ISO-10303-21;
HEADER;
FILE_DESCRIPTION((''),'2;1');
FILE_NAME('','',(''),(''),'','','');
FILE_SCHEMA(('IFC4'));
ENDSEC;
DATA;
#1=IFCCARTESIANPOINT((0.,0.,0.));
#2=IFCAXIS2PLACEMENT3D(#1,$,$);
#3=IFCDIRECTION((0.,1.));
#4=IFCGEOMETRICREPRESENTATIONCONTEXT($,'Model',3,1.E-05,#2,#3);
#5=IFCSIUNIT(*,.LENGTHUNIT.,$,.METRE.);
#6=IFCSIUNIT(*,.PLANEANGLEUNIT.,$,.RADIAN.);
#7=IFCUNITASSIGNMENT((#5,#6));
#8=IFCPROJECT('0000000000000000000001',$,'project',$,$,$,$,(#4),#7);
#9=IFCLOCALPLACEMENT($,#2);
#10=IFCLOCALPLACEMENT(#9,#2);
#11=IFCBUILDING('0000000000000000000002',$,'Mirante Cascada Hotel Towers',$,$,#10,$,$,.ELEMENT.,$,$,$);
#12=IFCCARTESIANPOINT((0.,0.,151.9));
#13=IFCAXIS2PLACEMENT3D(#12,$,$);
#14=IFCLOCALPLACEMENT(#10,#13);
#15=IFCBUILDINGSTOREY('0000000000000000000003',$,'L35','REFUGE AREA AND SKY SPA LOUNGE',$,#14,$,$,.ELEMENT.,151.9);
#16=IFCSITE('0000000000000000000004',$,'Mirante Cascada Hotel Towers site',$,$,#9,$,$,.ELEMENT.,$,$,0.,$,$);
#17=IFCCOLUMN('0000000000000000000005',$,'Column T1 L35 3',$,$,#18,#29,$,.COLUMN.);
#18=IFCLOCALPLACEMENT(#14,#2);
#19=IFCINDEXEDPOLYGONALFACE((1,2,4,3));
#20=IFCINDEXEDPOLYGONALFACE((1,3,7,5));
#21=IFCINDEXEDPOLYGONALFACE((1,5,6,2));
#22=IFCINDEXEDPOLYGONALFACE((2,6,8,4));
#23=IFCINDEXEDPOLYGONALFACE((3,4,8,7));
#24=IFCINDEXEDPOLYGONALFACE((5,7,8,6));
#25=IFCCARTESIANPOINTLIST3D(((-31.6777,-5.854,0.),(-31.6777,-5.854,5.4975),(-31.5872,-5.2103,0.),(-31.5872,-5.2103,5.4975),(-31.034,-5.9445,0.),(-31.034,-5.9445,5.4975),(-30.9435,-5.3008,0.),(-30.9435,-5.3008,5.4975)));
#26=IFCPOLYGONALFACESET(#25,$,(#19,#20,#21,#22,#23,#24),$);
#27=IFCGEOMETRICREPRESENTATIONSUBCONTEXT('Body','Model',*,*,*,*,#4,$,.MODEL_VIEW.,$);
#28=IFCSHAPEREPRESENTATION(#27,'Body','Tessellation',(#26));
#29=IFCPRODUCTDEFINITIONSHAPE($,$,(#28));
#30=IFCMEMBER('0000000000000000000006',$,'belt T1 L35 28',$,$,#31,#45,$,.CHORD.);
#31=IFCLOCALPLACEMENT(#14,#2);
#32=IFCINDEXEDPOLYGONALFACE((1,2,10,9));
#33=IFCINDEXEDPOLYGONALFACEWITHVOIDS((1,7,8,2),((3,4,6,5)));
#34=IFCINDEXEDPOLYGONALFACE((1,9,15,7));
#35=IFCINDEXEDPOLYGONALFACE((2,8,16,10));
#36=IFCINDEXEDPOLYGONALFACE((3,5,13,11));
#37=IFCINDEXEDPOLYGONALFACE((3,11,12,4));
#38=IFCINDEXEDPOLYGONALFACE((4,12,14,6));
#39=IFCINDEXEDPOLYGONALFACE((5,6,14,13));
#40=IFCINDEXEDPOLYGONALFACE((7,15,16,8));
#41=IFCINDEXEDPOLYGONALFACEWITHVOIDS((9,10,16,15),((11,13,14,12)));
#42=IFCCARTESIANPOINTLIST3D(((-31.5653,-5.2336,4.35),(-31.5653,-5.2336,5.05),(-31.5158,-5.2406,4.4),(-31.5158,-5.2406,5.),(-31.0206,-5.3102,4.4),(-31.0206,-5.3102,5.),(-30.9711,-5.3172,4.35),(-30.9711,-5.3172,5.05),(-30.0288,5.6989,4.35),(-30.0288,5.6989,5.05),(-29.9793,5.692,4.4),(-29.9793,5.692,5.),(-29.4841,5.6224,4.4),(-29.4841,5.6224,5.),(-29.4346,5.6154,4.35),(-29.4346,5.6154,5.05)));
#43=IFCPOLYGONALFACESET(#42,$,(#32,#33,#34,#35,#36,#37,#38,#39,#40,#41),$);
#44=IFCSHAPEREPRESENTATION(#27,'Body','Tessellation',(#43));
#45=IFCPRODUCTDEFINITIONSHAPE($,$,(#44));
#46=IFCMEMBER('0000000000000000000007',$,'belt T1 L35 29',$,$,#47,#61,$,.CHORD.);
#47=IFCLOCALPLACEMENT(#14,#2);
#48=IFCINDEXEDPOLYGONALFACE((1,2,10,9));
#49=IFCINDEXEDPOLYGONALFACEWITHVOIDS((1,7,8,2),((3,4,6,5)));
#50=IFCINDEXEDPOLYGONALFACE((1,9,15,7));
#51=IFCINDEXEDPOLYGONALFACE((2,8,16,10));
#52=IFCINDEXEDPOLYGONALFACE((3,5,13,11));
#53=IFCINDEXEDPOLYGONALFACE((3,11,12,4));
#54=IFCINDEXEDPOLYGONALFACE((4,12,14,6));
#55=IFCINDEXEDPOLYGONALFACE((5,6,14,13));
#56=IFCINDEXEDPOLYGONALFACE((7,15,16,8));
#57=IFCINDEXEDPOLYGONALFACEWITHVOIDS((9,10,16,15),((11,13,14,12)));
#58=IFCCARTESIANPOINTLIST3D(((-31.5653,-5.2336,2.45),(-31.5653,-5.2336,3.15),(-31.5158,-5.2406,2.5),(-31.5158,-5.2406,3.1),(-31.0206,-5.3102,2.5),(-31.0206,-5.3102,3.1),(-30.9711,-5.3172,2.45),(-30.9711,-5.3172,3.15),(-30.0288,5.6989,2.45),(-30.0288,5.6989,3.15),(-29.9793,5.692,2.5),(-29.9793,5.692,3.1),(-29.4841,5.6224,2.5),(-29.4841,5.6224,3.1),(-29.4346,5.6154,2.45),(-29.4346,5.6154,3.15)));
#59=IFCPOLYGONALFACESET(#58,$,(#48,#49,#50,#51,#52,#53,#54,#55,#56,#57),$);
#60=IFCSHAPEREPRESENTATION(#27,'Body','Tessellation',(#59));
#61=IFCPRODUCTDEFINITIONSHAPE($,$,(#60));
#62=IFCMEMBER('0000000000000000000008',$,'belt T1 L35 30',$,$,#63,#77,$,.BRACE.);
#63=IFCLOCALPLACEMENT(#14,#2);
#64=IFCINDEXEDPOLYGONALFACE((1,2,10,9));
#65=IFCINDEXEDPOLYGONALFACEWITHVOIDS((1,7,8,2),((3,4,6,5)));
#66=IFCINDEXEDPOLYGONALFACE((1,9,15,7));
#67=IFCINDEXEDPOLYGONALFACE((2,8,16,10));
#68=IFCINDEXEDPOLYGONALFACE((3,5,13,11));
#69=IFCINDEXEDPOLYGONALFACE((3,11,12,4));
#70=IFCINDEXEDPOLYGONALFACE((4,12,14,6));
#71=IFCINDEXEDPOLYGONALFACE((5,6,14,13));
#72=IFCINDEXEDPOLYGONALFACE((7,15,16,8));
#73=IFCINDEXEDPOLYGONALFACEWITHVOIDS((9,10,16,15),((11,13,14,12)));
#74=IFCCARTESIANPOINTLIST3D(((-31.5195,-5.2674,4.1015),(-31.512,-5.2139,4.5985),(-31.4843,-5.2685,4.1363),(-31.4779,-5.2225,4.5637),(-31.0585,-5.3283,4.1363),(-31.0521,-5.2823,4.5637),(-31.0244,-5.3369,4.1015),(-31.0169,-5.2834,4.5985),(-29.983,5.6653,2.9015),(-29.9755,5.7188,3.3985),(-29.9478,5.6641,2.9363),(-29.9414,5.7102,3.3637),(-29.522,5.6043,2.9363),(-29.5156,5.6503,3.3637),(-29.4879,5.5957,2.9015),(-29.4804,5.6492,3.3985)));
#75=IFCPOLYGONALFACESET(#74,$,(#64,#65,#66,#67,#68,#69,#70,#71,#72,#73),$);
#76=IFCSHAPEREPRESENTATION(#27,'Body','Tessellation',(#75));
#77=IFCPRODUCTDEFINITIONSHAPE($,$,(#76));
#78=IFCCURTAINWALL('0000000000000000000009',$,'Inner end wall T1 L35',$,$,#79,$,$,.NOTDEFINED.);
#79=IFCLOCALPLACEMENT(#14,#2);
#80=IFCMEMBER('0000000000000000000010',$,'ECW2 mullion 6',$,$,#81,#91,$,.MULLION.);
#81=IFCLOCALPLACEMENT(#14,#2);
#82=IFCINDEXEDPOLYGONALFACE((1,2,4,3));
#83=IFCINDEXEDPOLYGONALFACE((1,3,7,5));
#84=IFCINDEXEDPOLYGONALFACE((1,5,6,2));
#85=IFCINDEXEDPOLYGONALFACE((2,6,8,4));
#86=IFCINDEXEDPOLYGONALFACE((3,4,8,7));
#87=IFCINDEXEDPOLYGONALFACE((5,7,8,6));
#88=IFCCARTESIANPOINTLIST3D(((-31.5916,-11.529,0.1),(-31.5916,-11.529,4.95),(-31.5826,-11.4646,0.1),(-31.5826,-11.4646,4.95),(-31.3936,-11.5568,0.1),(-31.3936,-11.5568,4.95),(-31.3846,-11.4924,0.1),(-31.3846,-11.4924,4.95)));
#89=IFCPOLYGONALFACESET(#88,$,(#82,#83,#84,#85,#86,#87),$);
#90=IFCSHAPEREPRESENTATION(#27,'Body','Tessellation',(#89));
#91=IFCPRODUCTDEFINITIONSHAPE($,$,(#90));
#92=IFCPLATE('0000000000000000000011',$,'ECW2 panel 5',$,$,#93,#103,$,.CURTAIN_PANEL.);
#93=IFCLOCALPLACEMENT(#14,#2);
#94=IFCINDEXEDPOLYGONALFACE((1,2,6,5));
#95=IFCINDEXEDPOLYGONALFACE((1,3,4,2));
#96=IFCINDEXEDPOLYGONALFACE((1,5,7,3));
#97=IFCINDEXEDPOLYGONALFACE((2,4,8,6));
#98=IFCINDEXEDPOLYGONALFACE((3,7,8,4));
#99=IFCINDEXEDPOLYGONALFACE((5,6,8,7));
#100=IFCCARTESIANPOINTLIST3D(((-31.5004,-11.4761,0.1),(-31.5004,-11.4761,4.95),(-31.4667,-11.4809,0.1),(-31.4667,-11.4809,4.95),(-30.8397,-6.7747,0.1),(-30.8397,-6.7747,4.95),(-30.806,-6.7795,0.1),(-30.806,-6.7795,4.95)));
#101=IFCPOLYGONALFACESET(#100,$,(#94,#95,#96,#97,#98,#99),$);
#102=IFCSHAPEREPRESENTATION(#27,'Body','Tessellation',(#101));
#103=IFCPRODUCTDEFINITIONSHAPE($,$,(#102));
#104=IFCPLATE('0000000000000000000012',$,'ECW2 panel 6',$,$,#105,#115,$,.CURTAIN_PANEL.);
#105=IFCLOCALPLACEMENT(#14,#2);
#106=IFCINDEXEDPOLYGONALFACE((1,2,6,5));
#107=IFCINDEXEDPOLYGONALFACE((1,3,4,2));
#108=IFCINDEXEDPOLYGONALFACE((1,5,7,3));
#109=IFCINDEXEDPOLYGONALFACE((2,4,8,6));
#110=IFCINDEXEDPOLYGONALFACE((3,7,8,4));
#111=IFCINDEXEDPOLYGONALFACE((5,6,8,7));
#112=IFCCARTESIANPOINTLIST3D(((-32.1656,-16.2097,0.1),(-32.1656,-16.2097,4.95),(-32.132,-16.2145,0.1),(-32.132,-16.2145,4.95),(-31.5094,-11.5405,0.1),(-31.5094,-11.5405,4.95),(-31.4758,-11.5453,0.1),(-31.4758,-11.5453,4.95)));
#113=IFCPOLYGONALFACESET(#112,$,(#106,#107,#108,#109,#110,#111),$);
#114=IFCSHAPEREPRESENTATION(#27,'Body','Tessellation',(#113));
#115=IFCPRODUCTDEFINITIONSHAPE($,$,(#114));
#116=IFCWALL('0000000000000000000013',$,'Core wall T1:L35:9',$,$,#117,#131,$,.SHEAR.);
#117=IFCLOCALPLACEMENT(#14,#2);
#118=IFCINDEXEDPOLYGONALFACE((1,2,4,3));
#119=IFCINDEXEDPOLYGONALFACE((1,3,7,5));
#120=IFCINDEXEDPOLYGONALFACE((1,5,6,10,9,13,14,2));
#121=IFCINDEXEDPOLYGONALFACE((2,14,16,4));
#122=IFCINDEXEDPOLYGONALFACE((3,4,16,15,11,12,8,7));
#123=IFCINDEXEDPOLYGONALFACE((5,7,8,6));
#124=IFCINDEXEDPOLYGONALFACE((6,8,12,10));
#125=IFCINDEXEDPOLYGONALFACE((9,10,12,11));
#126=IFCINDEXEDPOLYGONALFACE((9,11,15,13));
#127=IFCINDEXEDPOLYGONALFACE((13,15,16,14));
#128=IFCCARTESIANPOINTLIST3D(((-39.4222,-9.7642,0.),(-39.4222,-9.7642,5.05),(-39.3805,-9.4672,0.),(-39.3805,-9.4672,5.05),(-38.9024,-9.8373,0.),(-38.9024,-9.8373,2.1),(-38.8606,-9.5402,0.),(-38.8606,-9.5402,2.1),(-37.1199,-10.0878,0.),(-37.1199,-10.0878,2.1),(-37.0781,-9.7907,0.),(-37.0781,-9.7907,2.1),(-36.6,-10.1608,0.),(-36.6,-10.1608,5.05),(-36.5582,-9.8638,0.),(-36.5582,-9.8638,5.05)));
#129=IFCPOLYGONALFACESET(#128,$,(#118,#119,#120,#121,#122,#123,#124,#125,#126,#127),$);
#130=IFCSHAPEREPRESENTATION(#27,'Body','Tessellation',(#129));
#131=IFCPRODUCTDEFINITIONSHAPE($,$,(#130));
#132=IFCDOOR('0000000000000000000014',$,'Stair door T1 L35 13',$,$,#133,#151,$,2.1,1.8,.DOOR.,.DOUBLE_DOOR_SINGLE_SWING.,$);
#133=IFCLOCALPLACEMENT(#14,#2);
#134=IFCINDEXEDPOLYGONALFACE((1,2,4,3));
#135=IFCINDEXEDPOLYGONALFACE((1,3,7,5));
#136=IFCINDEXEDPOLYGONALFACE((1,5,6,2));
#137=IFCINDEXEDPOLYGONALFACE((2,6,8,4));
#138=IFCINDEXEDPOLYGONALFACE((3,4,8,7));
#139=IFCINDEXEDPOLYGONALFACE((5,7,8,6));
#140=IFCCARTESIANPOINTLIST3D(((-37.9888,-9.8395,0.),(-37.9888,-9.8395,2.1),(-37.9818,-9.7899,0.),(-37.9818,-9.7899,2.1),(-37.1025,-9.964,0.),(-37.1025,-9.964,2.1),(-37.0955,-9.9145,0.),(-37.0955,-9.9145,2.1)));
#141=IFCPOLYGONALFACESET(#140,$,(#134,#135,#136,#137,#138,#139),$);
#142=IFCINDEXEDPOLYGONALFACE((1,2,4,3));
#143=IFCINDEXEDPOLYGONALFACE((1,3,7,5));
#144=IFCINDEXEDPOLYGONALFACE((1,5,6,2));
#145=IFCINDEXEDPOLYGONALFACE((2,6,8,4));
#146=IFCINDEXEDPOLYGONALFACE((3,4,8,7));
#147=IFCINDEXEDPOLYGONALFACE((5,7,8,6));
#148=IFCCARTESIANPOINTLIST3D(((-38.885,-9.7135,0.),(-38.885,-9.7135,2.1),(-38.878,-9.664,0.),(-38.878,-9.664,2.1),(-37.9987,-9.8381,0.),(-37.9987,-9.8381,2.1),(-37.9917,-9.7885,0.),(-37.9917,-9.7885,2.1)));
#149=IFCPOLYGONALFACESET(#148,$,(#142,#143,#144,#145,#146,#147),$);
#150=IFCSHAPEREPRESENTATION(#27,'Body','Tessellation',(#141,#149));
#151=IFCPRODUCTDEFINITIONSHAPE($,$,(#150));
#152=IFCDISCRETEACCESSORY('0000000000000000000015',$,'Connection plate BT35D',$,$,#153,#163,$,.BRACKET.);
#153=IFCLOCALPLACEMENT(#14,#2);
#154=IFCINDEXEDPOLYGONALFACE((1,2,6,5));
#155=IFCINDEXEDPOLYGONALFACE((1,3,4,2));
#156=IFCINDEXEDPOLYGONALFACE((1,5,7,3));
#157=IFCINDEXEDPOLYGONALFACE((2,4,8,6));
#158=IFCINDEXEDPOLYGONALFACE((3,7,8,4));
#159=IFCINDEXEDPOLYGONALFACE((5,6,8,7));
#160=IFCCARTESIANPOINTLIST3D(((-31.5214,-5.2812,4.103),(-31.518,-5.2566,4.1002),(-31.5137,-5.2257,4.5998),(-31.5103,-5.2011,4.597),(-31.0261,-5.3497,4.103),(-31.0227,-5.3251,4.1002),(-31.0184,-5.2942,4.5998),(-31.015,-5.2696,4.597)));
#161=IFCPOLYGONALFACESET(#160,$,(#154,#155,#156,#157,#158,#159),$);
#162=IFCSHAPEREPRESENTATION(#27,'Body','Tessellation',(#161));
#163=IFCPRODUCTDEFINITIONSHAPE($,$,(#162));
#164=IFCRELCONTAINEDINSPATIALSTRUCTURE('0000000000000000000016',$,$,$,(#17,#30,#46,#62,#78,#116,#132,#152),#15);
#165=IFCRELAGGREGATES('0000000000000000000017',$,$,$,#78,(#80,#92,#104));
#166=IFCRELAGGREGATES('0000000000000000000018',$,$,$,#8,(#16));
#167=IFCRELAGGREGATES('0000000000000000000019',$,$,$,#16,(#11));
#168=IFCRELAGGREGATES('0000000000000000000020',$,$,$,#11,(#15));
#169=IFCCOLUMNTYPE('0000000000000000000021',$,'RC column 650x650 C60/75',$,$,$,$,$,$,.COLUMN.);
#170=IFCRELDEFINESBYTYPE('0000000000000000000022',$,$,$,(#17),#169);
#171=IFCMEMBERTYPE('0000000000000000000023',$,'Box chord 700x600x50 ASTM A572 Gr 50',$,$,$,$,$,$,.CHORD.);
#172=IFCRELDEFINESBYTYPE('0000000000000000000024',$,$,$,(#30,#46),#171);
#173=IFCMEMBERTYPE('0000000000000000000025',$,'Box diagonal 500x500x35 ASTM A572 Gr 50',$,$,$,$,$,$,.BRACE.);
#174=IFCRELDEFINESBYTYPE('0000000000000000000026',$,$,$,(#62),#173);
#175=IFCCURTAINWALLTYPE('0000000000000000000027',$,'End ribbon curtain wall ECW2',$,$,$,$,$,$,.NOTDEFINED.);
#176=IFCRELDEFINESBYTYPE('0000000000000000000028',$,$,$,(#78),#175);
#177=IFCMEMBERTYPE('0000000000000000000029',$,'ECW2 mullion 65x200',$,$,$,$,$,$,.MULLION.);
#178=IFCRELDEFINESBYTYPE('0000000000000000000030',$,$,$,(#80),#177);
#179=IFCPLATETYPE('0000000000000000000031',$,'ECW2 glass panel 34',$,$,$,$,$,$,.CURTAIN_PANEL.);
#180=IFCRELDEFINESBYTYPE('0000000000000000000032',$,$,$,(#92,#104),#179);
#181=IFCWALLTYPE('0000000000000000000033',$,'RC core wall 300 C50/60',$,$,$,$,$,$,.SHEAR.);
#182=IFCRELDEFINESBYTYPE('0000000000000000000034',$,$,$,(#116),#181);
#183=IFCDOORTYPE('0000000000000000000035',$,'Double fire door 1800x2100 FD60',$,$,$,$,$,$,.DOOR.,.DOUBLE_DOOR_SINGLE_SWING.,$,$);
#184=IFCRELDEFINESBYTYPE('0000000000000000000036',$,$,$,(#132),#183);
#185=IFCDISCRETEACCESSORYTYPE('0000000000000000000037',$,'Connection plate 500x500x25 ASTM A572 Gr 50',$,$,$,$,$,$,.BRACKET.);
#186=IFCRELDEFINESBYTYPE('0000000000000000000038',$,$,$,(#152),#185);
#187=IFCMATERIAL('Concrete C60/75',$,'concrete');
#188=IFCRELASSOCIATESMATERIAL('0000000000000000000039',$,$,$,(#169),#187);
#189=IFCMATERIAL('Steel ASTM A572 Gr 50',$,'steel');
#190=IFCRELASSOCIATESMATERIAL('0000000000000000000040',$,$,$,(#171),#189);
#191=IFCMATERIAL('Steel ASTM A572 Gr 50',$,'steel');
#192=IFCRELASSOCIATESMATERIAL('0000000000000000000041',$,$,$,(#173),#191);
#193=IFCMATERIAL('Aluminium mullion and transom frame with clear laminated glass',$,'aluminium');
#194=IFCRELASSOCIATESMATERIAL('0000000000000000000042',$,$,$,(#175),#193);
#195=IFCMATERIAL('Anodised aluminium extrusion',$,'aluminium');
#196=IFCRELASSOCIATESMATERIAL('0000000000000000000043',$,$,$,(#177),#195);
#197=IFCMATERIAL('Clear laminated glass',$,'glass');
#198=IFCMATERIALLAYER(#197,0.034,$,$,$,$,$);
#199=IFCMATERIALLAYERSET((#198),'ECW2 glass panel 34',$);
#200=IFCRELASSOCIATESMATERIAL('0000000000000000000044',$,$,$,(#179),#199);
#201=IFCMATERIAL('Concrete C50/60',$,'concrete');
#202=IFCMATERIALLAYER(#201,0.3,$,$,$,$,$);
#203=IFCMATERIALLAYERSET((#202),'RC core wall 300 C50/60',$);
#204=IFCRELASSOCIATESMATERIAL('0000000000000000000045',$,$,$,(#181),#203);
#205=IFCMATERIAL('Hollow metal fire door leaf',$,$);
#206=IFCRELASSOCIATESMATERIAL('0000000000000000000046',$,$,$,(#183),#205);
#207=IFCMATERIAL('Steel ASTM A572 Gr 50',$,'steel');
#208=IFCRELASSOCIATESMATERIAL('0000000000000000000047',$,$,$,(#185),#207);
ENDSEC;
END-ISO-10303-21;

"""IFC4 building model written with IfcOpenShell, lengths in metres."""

from ifc_helpers import new_model, si_unit, direction, frame, frame_2d, origin, origin_2d, place, context, subcontext, project, spatial, rectangle, hollow_rectangle, extrude, material, layer, layer_set, material_profile, profile_set, type_object, element, fill, aggregate, save


model = new_model("IFC4")

# Units and contexts
model_context = context("Model", 3, precision=1e-05, world=origin(), true_north=direction((0.0, 1.0)))
body_context = subcontext(model_context, "Body", "Model", "MODEL_VIEW")
ifc_project = project(units=[si_unit("LENGTHUNIT", "METRE"), si_unit("PLANEANGLEUNIT", "RADIAN")], contexts=[model_context])

# Site, building, storey
site_placement = place(None, origin())
site = spatial("IfcSite", under=ifc_project, at=site_placement, Name="Mirante Cascada Hotel Towers site", CompositionType="ELEMENT", RefElevation=0.0)
building_placement = place(site_placement, origin())
building = spatial("IfcBuilding", under=site, at=building_placement, Name="Mirante Cascada Hotel Towers", CompositionType="ELEMENT")
storey_placement = place(building_placement, frame((0.0, 0.0, 151.9)))
storey = spatial("IfcBuildingStorey", under=building, at=storey_placement, Name="L35", Description="REFUGE AREA AND SKY SPA LOUNGE", CompositionType="ELEMENT", Elevation=151.9)

# Column
ifc_material_1 = material(Name="Concrete C60/75", Category="concrete")
ifc_material_profile_1 = material_profile(ifc_material_1, rectangle(XDim=0.65, YDim=0.65, at=origin_2d()), Name="RC column 650x650 C60/75")
ifc_profile_set_1 = profile_set([ifc_material_profile_1], Name="Concrete C60/75")
column_type = type_object("IfcColumnType", Name="RC column 650x650 C60/75", PredefinedType="COLUMN", material=ifc_profile_set_1)
column_placement = place(storey_placement, frame((-31.3106, -5.5774, 0.0), z_axis=(0.0, 0.0, 1.0), x_axis=(-0.990268, 0.139173, 0.0)))
element("IfcColumn", 1, at=column_placement, inside=storey, type_object=column_type, Name="Column T1 L35 3", PredefinedType="COLUMN", context=body_context, shape_type="SweptSolid", body=[
    extrude(rectangle(XDim=0.65, YDim=0.65, at=origin_2d()), origin(), (0.0, 0.0, 1.0), 5.4975),
])

# Members
ifc_material_2 = material(Name="Steel ASTM A572 Gr 50", Category="steel")
ifc_material_profile_2 = material_profile(ifc_material_2, hollow_rectangle(XDim=0.6, YDim=0.7, WallThickness=0.05, at=origin_2d()), Name="Box chord 700x600x50 ASTM A572 Gr 50")
ifc_profile_set_2 = profile_set([ifc_material_profile_2], Name="Steel ASTM A572 Gr 50")
member_type_1 = type_object("IfcMemberType", Name="Box chord 700x600x50 ASTM A572 Gr 50", PredefinedType="CHORD", material=ifc_profile_set_2)
for number, where, z_axis, x_axis, name in (
    (2, (-31.2682, -5.2754, 4.7), (0.139175, 0.990268, 0.0), (-0.990268, 0.139175, 0.0), "belt T1 L35 28"),
    (3, (-31.2682, -5.2754, 2.8), (0.139175, 0.990268, 0.0), (-0.990268, 0.139175, 0.0), "belt T1 L35 29"),
):
    element("IfcMember", number, at=place(storey_placement, frame(where, z_axis=z_axis, x_axis=x_axis)), inside=storey, type_object=member_type_1, Name=name, PredefinedType="CHORD", context=body_context, shape_type="SweptSolid", body=[
        extrude(hollow_rectangle(XDim=0.6, YDim=0.7, WallThickness=0.05, at=origin_2d()), origin(), (0.0, 0.0, 1.0), 11.04),
    ])
ifc_material_3 = material(Name="Steel ASTM A572 Gr 50", Category="steel")
ifc_material_profile_3 = material_profile(ifc_material_3, hollow_rectangle(XDim=0.5, YDim=0.5, WallThickness=0.035, at=origin_2d()), Name="Box diagonal 500x500x35 ASTM A572 Gr 50")
ifc_profile_set_3 = profile_set([ifc_material_profile_3], Name="Steel ASTM A572 Gr 50")
member_type_2 = type_object("IfcMemberType", Name="Box diagonal 500x500x35 ASTM A572 Gr 50", PredefinedType="BRACE", material=ifc_profile_set_3)
member_1_placement = place(storey_placement, frame((-31.2682, -5.2754, 4.35), z_axis=(0.13836, 0.984469, -0.108059), x_axis=(-0.990268, 0.139175, 0.0)))
element("IfcMember", 4, at=member_1_placement, inside=storey, type_object=member_type_2, Name="belt T1 L35 30", PredefinedType="BRACE", context=body_context, shape_type="SweptSolid", body=[
    extrude(hollow_rectangle(XDim=0.5, YDim=0.5, WallThickness=0.035, at=origin_2d()), origin(), (0.0, 0.0, 1.0), 11.1051),
])

# Curtain wall, member, plates
ifc_material_4 = material(Name="Aluminium mullion and transom frame with clear laminated glass", Category="aluminium")
curtain_wall_type = type_object("IfcCurtainWallType", Name="End ribbon curtain wall ECW2", PredefinedType="NOTDEFINED", material=ifc_material_4)
curtain_wall_placement = place(storey_placement, origin())
curtain_wall = element("IfcCurtainWall", 5, at=curtain_wall_placement, inside=storey, type_object=curtain_wall_type, Name="Inner end wall T1 L35", PredefinedType="NOTDEFINED")
ifc_material_5 = material(Name="Anodised aluminium extrusion", Category="aluminium")
ifc_material_profile_4 = material_profile(ifc_material_5, rectangle(XDim=0.2, YDim=0.065, at=origin_2d()), Name="ECW2 MULLION 65x200")
ifc_profile_set_4 = profile_set([ifc_material_profile_4], Name="Anodised aluminium extrusion")
member_type_3 = type_object("IfcMemberType", Name="ECW2 mullion 65x200", PredefinedType="MULLION", material=ifc_profile_set_4)
member_2_placement = place(storey_placement, frame((-31.4881, -11.5107, 0.1), z_axis=(0.0, 0.0, 1.0), x_axis=(0.990268, -0.139173, 0.0)))
member_2 = element("IfcMember", 6, at=member_2_placement, type_object=member_type_3, Name="ECW2 mullion 6", PredefinedType="MULLION", context=body_context, shape_type="SweptSolid", body=[
    extrude(rectangle(XDim=0.2, YDim=0.065, at=origin_2d()), origin(), (0.0, 0.0, 1.0), 4.85),
])
ifc_material_6 = material(Name="Clear laminated glass", Category="glass")
ifc_layer_1 = layer(ifc_material_6, 0.034)
ifc_layer_set_1 = layer_set([ifc_layer_1], Name="ECW2 glass panel 34")
plate_type = type_object("IfcPlateType", Name="ECW2 glass panel 34", PredefinedType="CURTAIN_PANEL", material=ifc_layer_set_1)
plate_1_placement = place(storey_placement, frame((-31.1532, -9.1278, 0.1), z_axis=(0.0, 0.0, 1.0), x_axis=(-0.139173, -0.990268, 0.0)))
plate_1 = element("IfcPlate", 7, at=plate_1_placement, type_object=plate_type, Name="ECW2 panel 5", PredefinedType="CURTAIN_PANEL", context=body_context, shape_type="SweptSolid", body=[
    extrude(rectangle(XDim=4.7476, YDim=0.034, at=origin_2d()), origin(), (0.0, 0.0, 1.0), 4.85),
])
plate_2_placement = place(storey_placement, frame((-31.8207, -13.8775, 0.1), z_axis=(0.0, 0.0, 1.0), x_axis=(-0.139173, -0.990268, 0.0)))
plate_2 = element("IfcPlate", 8, at=plate_2_placement, type_object=plate_type, Name="ECW2 panel 6", PredefinedType="CURTAIN_PANEL", context=body_context, shape_type="SweptSolid", body=[
    extrude(rectangle(XDim=4.7151, YDim=0.034, at=origin_2d()), origin(), (0.0, 0.0, 1.0), 4.85),
])
aggregate(curtain_wall, [member_2, plate_1, plate_2])

# Wall, opening, door
ifc_material_7 = material(Name="Concrete C50/60", Category="concrete")
ifc_layer_2 = layer(ifc_material_7, 0.3)
ifc_layer_set_2 = layer_set([ifc_layer_2], Name="RC core wall 300 C50/60")
wall_type_1 = type_object("IfcWallType", Name="RC core wall 300 C50/60", PredefinedType="SHEAR", material=ifc_layer_set_2)
wall_1_placement = place(storey_placement, frame((-36.5791, -10.0123, 0.0), z_axis=(0.0, 0.0, 1.0), x_axis=(-0.99027, 0.139156, 0.0)))
wall_1 = element("IfcWall", 9, at=wall_1_placement, inside=storey, type_object=wall_type_1, Name="Core wall T1:L35:9", PredefinedType="SHEAR", context=body_context, shape_type="SweptSolid", body=[
    extrude(rectangle(XDim=2.85, YDim=0.3, at=frame_2d((1.425, 0.0))), origin(), (0.0, 0.0, 1.0), 5.05),
])
opening_1_placement = place(wall_1_placement, frame((0.525, 0.0, 0.0)))
opening_1 = element("IfcOpeningElement", 10, at=opening_1_placement, cuts=wall_1, PredefinedType="OPENING", context=body_context, shape_type="SweptSolid", body=[
    extrude(rectangle(XDim=1.8, YDim=2.1, at=frame_2d((0.9, 1.05))), frame((0.0, 0.15, 0.0), z_axis=(0.0, -1.0, 0.0), x_axis=(1.0, 0.0, 0.0)), (0.0, 0.0, 1.0), 0.3),
])
ifc_material_8 = material(Name="Hollow metal fire door leaf")
door_type_1 = type_object("IfcDoorType", Name="Double fire door 1800x2100 FD60", OperationType="DOUBLE_DOOR_SINGLE_SWING", PredefinedType="DOOR", material=ifc_material_8)
door_1_placement = place(opening_1_placement, origin())
door_1 = element("IfcDoor", 11, at=door_1_placement, inside=storey, type_object=door_type_1, Name="Stair door T1 L35 13", OperationType="DOUBLE_DOOR_SINGLE_SWING", OverallHeight=2.1, OverallWidth=1.8, PredefinedType="DOOR", context=body_context, shape_type="SweptSolid", body=[
    extrude(rectangle(XDim=0.895, YDim=2.1, at=frame_2d((0.4475, 1.05))), frame((0.0, 0.025, 0.0), z_axis=(0.0, -1.0, 0.0), x_axis=(1.0, 0.0, 0.0)), (0.0, 0.0, 1.0), 0.05),
    extrude(rectangle(XDim=0.895, YDim=2.1, at=frame_2d((1.3525, 1.05))), frame((0.0, 0.025, 0.0), z_axis=(0.0, -1.0, 0.0), x_axis=(1.0, 0.0, 0.0)), (0.0, 0.0, 1.0), 0.05),
])
fill(opening_1, door_1)

# Discrete accessory
ifc_material_9 = material(Name="Steel ASTM A572 Gr 50", Category="steel")
ifc_material_profile_5 = material_profile(ifc_material_9, rectangle(XDim=0.5, YDim=0.5, at=origin_2d()), Name="Connection plate 500x500x25 ASTM A572 Gr 50")
ifc_profile_set_5 = profile_set([ifc_material_profile_5], Name="Steel ASTM A572 Gr 50")
discrete_accessory_type = type_object("IfcDiscreteAccessoryType", Name="Connection plate 500x500x25 ASTM A572 Gr 50", PredefinedType="BRACKET", material=ifc_profile_set_5)
discrete_accessory_placement = place(storey_placement, frame((-31.2699, -5.2877, 4.3514), z_axis=(0.136048, 0.984347, -0.112039), x_axis=(-0.990583, 0.13691, 0.0)))
element("IfcDiscreteAccessory", 12, at=discrete_accessory_placement, inside=storey, type_object=discrete_accessory_type, Name="Connection plate BT35D", PredefinedType="BRACKET", context=body_context, shape_type="SweptSolid", body=[
    extrude(rectangle(XDim=0.5, YDim=0.5, at=origin_2d()), origin(), (0.0, 0.0, 1.0), 0.025),
])

save(model, "model.ifc")
